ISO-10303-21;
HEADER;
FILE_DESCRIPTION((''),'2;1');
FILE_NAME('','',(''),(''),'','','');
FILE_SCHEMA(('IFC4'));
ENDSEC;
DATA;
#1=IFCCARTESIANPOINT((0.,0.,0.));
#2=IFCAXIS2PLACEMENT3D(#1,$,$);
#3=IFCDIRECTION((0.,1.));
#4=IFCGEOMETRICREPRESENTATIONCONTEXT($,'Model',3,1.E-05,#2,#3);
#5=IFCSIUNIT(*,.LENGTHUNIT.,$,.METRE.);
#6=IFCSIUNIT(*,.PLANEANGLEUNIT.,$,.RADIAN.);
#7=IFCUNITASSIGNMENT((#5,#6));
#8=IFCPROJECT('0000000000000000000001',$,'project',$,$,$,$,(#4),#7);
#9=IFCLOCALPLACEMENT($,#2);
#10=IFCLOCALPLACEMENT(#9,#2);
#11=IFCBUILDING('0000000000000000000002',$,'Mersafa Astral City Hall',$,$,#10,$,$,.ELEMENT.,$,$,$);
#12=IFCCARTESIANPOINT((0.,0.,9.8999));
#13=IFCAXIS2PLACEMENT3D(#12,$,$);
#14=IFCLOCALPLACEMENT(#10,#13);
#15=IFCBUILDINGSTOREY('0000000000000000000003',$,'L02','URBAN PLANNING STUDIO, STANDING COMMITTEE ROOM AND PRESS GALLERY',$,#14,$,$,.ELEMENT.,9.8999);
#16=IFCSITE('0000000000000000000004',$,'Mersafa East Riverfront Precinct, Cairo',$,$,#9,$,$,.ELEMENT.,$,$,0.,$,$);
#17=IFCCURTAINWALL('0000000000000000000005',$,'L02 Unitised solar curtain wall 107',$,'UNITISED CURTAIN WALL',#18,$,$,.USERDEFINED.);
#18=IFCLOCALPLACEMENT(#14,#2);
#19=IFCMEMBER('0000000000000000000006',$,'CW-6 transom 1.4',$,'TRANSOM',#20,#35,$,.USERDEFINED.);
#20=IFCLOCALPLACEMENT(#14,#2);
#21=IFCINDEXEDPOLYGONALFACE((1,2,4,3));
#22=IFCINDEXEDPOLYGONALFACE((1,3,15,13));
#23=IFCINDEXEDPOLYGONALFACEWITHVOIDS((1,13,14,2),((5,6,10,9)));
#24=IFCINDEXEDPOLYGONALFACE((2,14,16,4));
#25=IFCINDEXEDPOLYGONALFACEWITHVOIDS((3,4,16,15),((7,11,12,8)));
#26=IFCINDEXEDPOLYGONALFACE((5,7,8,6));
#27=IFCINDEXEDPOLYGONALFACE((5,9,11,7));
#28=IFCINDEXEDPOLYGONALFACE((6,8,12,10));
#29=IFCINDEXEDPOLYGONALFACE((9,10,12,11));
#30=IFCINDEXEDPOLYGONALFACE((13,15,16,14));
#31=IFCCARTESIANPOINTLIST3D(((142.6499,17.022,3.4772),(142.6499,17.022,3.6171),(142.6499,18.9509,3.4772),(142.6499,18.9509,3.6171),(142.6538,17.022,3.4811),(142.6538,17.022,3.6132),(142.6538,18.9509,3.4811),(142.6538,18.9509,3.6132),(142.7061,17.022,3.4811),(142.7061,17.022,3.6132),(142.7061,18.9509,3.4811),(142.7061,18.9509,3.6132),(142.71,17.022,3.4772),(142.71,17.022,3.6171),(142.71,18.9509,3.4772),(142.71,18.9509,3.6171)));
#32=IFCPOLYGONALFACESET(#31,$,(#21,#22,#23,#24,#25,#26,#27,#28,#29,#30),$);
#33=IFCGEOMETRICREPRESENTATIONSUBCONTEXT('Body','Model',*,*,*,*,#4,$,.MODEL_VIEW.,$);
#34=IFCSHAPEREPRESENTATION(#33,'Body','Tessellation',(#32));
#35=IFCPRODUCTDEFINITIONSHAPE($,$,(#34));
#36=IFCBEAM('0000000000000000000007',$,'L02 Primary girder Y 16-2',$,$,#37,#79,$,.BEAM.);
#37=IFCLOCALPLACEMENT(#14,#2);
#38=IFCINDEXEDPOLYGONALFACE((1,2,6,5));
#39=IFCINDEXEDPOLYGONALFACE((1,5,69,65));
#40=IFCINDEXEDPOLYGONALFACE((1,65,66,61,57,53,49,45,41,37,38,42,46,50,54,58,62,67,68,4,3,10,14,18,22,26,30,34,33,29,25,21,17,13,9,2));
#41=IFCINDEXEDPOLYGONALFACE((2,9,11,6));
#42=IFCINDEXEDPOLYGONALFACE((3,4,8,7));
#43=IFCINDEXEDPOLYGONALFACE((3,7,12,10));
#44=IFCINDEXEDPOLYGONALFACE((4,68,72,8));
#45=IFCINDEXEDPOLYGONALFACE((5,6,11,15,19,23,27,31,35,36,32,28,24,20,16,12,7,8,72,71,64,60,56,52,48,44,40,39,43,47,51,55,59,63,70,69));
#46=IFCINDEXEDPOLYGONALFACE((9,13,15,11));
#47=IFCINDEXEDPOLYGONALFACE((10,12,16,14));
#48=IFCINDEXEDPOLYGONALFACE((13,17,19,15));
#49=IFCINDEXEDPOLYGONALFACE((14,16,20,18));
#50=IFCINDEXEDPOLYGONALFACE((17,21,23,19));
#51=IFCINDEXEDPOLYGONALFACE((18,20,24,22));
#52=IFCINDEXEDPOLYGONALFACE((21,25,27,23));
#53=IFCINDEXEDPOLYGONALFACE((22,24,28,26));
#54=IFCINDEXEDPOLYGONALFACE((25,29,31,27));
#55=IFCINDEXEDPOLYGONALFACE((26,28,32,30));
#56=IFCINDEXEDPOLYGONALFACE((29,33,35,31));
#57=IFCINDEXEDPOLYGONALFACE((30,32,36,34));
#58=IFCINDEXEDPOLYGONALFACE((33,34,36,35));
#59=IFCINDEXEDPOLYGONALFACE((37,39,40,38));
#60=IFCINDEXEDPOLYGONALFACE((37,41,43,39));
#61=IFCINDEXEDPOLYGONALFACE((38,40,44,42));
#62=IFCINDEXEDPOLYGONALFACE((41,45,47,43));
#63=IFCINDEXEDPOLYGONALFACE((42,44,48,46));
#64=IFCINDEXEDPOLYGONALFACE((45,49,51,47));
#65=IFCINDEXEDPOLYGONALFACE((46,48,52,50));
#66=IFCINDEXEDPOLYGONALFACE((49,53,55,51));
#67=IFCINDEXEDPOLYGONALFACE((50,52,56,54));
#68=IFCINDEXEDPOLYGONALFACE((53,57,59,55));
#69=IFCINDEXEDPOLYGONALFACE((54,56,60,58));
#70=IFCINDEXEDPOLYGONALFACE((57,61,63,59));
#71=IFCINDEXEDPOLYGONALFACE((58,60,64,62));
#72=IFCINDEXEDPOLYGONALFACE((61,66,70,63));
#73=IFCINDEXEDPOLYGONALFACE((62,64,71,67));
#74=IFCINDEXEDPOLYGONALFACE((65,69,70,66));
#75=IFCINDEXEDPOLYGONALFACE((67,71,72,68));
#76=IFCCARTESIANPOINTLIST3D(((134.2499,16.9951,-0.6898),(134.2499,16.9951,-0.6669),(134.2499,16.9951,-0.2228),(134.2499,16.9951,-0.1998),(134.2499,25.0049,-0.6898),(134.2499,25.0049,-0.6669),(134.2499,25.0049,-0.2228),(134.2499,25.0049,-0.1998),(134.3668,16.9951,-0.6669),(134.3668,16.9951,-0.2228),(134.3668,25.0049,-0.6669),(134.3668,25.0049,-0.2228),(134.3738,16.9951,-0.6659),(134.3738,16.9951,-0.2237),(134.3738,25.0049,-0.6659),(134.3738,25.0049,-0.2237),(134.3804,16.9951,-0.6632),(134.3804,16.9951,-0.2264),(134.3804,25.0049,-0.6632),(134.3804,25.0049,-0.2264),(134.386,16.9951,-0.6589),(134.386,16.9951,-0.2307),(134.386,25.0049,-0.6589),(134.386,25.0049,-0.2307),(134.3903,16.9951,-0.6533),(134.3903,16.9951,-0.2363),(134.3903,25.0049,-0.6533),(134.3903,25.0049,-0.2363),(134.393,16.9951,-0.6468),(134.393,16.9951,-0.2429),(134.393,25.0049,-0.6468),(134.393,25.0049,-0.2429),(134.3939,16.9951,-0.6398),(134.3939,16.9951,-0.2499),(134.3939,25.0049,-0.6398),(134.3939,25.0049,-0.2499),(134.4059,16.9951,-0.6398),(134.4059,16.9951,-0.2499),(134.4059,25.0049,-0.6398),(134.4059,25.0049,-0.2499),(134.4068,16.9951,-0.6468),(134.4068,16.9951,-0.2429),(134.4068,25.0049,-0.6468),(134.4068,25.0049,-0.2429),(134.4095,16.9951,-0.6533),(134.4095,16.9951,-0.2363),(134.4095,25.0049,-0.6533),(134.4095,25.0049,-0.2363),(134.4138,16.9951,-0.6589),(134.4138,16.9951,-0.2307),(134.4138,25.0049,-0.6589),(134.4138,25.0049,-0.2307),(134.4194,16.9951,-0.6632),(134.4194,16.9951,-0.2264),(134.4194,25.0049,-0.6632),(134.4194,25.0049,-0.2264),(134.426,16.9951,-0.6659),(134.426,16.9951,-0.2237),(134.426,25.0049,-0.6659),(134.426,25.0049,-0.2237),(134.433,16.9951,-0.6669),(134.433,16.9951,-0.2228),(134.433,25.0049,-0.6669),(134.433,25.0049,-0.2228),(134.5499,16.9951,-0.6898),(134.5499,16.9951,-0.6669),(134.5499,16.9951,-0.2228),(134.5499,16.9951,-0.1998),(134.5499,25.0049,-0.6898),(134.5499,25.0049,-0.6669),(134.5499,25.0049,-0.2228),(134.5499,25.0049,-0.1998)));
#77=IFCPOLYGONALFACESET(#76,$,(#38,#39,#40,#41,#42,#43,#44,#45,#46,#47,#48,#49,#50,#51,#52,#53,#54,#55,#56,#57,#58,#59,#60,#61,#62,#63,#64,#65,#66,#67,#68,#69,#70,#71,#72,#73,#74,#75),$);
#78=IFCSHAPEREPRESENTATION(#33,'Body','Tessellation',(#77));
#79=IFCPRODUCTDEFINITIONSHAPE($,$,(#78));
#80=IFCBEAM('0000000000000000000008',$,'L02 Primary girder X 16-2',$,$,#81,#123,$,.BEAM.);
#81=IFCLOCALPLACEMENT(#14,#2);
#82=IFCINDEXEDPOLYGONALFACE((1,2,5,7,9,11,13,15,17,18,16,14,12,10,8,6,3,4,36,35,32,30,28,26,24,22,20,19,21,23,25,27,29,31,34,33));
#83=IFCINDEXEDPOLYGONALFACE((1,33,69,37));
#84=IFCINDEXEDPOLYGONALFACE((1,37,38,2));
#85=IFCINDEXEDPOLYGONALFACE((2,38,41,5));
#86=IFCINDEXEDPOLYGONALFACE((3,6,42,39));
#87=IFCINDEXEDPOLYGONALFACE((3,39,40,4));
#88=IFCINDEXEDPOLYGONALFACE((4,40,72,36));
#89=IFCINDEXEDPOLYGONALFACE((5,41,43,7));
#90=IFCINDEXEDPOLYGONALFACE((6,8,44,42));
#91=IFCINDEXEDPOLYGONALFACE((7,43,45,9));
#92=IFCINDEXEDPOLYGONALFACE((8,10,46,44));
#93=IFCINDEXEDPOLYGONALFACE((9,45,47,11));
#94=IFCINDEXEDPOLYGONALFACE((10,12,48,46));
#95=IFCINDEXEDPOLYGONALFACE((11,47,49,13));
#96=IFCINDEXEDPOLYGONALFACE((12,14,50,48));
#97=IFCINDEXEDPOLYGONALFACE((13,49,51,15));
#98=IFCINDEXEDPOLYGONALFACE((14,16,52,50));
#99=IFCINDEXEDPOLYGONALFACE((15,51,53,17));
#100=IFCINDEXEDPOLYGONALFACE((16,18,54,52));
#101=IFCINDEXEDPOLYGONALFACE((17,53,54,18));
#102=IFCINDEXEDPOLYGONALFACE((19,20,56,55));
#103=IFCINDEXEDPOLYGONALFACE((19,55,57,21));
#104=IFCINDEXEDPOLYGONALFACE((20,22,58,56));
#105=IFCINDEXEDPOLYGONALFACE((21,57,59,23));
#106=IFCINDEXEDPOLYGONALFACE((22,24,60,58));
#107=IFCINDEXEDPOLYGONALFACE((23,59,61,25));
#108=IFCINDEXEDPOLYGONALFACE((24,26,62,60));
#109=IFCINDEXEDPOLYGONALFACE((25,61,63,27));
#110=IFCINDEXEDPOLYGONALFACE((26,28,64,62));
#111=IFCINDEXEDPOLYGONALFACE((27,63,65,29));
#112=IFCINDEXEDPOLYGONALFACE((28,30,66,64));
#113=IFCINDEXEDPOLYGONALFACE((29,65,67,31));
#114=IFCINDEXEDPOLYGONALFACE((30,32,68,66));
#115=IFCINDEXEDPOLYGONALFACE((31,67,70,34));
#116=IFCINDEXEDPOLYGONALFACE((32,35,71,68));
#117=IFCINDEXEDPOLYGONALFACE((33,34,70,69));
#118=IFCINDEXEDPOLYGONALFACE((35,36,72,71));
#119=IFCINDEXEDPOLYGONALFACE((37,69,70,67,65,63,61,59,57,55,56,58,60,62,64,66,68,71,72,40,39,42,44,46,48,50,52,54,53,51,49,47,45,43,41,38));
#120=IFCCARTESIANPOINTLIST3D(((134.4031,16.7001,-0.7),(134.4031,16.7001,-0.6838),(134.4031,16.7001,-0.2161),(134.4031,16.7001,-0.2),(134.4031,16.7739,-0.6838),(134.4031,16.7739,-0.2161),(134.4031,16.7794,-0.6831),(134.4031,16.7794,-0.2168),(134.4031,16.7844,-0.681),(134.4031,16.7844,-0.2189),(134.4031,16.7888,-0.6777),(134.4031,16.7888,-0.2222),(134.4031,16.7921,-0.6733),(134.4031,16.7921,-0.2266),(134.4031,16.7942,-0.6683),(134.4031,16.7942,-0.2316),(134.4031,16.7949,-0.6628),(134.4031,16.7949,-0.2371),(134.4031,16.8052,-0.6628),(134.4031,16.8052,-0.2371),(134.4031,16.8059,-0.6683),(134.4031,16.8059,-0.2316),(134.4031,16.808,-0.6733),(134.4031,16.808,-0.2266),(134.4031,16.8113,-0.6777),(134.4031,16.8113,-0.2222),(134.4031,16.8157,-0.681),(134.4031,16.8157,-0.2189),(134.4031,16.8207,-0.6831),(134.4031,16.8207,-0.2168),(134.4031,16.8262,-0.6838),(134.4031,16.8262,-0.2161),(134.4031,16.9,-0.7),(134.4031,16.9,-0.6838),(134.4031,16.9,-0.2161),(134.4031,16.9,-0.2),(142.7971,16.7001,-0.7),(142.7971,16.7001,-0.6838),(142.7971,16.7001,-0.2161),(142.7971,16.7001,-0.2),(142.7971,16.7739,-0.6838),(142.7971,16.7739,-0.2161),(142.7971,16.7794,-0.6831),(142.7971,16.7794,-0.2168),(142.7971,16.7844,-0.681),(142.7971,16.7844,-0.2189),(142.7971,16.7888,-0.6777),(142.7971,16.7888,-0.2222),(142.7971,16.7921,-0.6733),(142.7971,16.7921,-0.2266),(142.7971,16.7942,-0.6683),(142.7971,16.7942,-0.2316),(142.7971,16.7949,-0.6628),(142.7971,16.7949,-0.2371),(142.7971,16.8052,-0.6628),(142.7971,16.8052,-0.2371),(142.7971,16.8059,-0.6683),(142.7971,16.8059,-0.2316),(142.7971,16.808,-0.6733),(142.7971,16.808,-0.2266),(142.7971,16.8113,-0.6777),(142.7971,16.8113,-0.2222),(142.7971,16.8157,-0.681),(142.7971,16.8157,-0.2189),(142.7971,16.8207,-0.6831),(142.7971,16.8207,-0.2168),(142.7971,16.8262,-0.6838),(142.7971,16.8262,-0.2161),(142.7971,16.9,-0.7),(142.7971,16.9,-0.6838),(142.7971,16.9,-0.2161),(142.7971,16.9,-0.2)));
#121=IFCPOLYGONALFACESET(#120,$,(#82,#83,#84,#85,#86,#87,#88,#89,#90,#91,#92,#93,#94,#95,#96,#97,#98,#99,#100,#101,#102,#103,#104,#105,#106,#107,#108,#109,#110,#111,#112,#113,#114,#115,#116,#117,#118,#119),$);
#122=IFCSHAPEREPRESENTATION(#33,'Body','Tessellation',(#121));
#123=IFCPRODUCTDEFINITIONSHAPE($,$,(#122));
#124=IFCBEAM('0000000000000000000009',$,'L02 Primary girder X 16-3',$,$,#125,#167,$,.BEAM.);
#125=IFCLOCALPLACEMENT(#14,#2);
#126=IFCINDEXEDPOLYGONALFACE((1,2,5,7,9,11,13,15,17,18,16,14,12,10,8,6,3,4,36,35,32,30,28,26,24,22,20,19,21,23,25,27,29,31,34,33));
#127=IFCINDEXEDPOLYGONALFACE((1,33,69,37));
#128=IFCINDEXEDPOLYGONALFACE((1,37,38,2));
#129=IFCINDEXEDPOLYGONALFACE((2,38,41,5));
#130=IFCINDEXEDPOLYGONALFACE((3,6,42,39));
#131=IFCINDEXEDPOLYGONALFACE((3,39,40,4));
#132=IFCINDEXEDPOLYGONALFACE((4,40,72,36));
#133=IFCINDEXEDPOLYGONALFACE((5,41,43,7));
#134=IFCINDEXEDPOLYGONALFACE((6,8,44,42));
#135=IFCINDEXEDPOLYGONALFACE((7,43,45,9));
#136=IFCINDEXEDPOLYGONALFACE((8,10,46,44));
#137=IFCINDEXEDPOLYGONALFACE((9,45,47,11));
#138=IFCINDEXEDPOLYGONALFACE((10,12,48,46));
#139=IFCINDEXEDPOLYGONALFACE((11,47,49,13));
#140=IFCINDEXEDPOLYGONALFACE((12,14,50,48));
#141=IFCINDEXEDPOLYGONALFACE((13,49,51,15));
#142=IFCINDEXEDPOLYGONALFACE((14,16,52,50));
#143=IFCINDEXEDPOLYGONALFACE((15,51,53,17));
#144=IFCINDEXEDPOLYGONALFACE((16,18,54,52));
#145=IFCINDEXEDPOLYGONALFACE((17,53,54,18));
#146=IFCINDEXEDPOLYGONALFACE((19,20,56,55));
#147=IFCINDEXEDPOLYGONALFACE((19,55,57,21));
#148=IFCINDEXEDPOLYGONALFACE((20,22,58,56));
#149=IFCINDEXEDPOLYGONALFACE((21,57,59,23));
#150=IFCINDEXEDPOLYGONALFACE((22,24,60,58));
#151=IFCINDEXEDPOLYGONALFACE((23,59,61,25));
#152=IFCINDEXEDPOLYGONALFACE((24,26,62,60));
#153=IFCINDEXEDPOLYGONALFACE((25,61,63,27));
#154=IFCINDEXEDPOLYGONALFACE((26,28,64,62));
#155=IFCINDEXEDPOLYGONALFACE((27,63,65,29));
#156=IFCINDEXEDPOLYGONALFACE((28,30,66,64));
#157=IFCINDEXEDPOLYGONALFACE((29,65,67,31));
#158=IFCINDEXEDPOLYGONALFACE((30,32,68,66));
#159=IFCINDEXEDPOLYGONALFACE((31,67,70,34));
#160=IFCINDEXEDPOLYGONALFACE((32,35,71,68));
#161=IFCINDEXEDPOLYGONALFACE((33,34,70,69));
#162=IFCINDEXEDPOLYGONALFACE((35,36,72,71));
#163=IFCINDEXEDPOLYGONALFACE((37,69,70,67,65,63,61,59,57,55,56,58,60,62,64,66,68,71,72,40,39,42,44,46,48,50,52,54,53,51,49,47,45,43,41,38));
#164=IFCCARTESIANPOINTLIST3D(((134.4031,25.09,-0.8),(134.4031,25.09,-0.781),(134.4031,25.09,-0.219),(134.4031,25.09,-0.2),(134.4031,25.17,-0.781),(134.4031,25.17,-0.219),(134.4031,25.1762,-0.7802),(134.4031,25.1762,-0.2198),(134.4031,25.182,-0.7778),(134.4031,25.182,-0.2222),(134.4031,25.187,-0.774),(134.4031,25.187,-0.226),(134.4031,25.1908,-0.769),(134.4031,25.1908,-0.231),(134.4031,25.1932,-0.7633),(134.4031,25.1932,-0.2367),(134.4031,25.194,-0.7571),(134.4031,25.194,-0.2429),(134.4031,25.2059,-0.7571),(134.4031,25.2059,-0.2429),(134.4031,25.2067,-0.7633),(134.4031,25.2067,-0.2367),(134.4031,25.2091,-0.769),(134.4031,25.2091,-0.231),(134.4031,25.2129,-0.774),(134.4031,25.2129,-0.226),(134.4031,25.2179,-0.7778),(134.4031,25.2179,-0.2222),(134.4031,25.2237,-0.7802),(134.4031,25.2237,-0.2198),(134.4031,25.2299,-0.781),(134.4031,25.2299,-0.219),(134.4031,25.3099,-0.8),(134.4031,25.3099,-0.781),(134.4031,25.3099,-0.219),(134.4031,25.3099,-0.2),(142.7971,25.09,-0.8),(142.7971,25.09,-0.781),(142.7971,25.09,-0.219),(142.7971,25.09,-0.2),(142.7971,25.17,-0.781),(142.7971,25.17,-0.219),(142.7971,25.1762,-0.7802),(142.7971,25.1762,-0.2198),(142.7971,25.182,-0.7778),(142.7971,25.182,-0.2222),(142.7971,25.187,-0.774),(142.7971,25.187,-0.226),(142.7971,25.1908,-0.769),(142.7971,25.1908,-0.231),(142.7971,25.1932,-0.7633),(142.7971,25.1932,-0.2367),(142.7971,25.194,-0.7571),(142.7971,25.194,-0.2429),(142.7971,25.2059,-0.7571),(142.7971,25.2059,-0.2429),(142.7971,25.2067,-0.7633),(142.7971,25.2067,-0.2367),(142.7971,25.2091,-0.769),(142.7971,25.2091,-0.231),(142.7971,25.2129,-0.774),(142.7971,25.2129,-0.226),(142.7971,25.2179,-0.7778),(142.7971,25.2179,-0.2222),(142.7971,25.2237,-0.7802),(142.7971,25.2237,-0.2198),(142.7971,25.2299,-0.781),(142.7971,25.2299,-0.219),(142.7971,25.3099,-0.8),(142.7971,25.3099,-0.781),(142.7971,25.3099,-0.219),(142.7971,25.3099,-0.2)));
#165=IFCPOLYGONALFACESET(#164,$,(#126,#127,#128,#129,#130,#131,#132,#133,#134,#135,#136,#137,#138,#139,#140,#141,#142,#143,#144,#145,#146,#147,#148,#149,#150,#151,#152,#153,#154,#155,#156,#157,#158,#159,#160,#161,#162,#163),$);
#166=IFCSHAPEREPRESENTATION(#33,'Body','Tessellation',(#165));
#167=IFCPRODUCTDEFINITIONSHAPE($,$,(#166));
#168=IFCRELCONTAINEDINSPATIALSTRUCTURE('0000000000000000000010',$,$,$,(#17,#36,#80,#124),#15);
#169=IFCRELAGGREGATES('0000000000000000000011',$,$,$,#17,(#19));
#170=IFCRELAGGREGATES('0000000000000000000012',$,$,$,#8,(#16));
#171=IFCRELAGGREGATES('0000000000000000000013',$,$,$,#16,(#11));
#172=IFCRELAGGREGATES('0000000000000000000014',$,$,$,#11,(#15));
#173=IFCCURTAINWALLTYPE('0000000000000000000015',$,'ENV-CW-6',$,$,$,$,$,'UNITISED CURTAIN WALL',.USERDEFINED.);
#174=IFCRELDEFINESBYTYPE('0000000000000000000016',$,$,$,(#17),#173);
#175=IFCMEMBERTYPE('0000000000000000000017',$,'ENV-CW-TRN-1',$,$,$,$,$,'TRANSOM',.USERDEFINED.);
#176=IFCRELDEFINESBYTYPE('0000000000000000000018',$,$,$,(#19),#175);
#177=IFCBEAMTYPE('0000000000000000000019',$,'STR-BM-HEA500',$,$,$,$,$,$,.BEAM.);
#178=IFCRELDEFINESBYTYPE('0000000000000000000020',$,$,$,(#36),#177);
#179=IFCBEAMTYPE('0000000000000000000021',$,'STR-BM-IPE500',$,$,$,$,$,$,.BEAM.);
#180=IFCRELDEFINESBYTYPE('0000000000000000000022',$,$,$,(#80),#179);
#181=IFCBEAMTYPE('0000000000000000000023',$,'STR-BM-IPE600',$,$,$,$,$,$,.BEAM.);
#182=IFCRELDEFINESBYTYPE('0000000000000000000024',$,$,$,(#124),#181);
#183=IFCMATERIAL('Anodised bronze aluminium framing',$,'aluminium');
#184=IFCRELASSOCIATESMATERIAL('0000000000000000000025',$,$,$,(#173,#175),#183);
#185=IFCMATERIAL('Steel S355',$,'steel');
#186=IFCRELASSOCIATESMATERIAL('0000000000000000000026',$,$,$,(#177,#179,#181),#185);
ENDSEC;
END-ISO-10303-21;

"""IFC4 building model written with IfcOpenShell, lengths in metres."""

from ifc_helpers import new_model, si_unit, direction, frame, origin, origin_2d, place, context, subcontext, project, spatial, hollow_rectangle, i_section, extrude, material, material_profile, profile_set, type_object, element, aggregate, save


model = new_model("IFC4")

# Units and contexts
model_context = context("Model", 3, precision=1e-05, world=origin(), true_north=direction((0.0, 1.0)))
body_context = subcontext(model_context, "Body", "Model", "MODEL_VIEW")
ifc_project = project(units=[si_unit("LENGTHUNIT", "METRE"), si_unit("PLANEANGLEUNIT", "RADIAN")], contexts=[model_context])

# Site, building, storey
site_placement = place(None, origin())
site = spatial("IfcSite", under=ifc_project, at=site_placement, Name="Mersafa East Riverfront Precinct, Cairo", CompositionType="ELEMENT", RefElevation=0.0)
building_placement = place(site_placement, origin())
building = spatial("IfcBuilding", under=site, at=building_placement, Name="Mersafa Astral City Hall", CompositionType="ELEMENT")
storey_placement = place(building_placement, frame((0.0, 0.0, 9.8999)))
storey = spatial("IfcBuildingStorey", under=building, at=storey_placement, Name="L02", Description="URBAN PLANNING STUDIO, STANDING COMMITTEE ROOM AND PRESS GALLERY", CompositionType="ELEMENT", Elevation=9.8999)

# Shared definitions
ifc_material_1 = material(Name="Steel S355", Category="steel")

# Shared definitions
ifc_material_2 = material(Name="Anodised bronze aluminium framing", Category="aluminium")

# Curtain wall, member
curtain_wall_type_1 = type_object("IfcCurtainWallType", Name="ENV-CW-6", ElementType="UNITISED CURTAIN WALL", PredefinedType="USERDEFINED", material=ifc_material_2)
curtain_wall_1_placement = place(storey_placement, origin())
curtain_wall_1 = element("IfcCurtainWall", 1, at=curtain_wall_1_placement, inside=storey, type_object=curtain_wall_type_1, Name="L02 Unitised solar curtain wall 107", ObjectType="UNITISED CURTAIN WALL", PredefinedType="USERDEFINED")
ifc_material_profile_1 = material_profile(ifc_material_2, hollow_rectangle(XDim=0.0601, YDim=0.1399, WallThickness=0.0039, at=origin_2d()), Name="RHS 60x140x4")
ifc_profile_set_1 = profile_set([ifc_material_profile_1], Name="Anodised bronze aluminium framing")
member_type_1 = type_object("IfcMemberType", Name="ENV-CW-TRN-1", ElementType="TRANSOM", PredefinedType="USERDEFINED", material=ifc_profile_set_1)
member_1_placement = place(storey_placement, frame((142.6799, 17.022, 3.5471), z_axis=(0.0, 1.0, 0.0), x_axis=(-1.0, 0.0, 0.0)))
member_1 = element("IfcMember", 2, at=member_1_placement, type_object=member_type_1, Name="CW-6 transom 1.4", ObjectType="TRANSOM", PredefinedType="USERDEFINED", context=body_context, shape_type="SweptSolid", body=[
    extrude(hollow_rectangle(XDim=0.0601, YDim=0.1399, WallThickness=0.0039, at=origin_2d()), origin(), (0.0, 0.0, 1.0), 1.929),
])

# Beams
ifc_material_profile_2 = material_profile(ifc_material_1, i_section(OverallWidth=0.3, OverallDepth=0.49, WebThickness=0.012, FlangeThickness=0.0229, FilletRadius=0.0271, at=origin_2d()), Name="HEA 500")
ifc_profile_set_2 = profile_set([ifc_material_profile_2], Name="Steel S355")
beam_type_1 = type_object("IfcBeamType", Name="STR-BM-HEA500", PredefinedType="BEAM", material=ifc_profile_set_2)
beam_1_placement = place(storey_placement, frame((134.3999, 16.9951, -0.4448), z_axis=(0.0, 1.0, 0.0), x_axis=(-1.0, 0.0, 0.0)))
element("IfcBeam", 3, at=beam_1_placement, inside=storey, type_object=beam_type_1, Name="L02 Primary girder Y 16-2", PredefinedType="BEAM", context=body_context, shape_type="SweptSolid", body=[
    extrude(i_section(OverallWidth=0.3, OverallDepth=0.49, WebThickness=0.012, FlangeThickness=0.0229, FilletRadius=0.0271, at=origin_2d()), origin(), (0.0, 0.0, 1.0), 8.0098),
])
ifc_material_profile_3 = material_profile(ifc_material_1, i_section(OverallWidth=0.2, OverallDepth=0.5, WebThickness=0.0103, FlangeThickness=0.0161, FilletRadius=0.021, at=origin_2d()), Name="IPE 500")
ifc_profile_set_3 = profile_set([ifc_material_profile_3], Name="Steel S355")
beam_type_2 = type_object("IfcBeamType", Name="STR-BM-IPE500", PredefinedType="BEAM", material=ifc_profile_set_3)
beam_2_placement = place(storey_placement, frame((134.4031, 16.8, -0.45), z_axis=(1.0, 0.0, 0.0), x_axis=(0.0, 1.0, 0.0)))
element("IfcBeam", 4, at=beam_2_placement, inside=storey, type_object=beam_type_2, Name="L02 Primary girder X 16-2", PredefinedType="BEAM", context=body_context, shape_type="SweptSolid", body=[
    extrude(i_section(OverallWidth=0.2, OverallDepth=0.5, WebThickness=0.0103, FlangeThickness=0.0161, FilletRadius=0.021, at=origin_2d()), origin(), (0.0, 0.0, 1.0), 8.394),
])
ifc_material_profile_4 = material_profile(ifc_material_1, i_section(OverallWidth=0.22, OverallDepth=0.6001, WebThickness=0.012, FlangeThickness=0.019, FilletRadius=0.0239, at=origin_2d()), Name="IPE 600")
ifc_profile_set_4 = profile_set([ifc_material_profile_4], Name="Steel S355")
beam_type_3 = type_object("IfcBeamType", Name="STR-BM-IPE600", PredefinedType="BEAM", material=ifc_profile_set_4)
beam_3_placement = place(storey_placement, frame((134.4031, 25.2, -0.5), z_axis=(1.0, 0.0, 0.0), x_axis=(0.0, 1.0, 0.0)))
element("IfcBeam", 5, at=beam_3_placement, inside=storey, type_object=beam_type_3, Name="L02 Primary girder X 16-3", PredefinedType="BEAM", context=body_context, shape_type="SweptSolid", body=[
    extrude(i_section(OverallWidth=0.22, OverallDepth=0.6001, WebThickness=0.012, FlangeThickness=0.019, FilletRadius=0.0239, at=origin_2d()), origin(), (0.0, 0.0, 1.0), 8.394),
])

aggregate(curtain_wall_1, [member_1])

save(model, "model.ifc")
